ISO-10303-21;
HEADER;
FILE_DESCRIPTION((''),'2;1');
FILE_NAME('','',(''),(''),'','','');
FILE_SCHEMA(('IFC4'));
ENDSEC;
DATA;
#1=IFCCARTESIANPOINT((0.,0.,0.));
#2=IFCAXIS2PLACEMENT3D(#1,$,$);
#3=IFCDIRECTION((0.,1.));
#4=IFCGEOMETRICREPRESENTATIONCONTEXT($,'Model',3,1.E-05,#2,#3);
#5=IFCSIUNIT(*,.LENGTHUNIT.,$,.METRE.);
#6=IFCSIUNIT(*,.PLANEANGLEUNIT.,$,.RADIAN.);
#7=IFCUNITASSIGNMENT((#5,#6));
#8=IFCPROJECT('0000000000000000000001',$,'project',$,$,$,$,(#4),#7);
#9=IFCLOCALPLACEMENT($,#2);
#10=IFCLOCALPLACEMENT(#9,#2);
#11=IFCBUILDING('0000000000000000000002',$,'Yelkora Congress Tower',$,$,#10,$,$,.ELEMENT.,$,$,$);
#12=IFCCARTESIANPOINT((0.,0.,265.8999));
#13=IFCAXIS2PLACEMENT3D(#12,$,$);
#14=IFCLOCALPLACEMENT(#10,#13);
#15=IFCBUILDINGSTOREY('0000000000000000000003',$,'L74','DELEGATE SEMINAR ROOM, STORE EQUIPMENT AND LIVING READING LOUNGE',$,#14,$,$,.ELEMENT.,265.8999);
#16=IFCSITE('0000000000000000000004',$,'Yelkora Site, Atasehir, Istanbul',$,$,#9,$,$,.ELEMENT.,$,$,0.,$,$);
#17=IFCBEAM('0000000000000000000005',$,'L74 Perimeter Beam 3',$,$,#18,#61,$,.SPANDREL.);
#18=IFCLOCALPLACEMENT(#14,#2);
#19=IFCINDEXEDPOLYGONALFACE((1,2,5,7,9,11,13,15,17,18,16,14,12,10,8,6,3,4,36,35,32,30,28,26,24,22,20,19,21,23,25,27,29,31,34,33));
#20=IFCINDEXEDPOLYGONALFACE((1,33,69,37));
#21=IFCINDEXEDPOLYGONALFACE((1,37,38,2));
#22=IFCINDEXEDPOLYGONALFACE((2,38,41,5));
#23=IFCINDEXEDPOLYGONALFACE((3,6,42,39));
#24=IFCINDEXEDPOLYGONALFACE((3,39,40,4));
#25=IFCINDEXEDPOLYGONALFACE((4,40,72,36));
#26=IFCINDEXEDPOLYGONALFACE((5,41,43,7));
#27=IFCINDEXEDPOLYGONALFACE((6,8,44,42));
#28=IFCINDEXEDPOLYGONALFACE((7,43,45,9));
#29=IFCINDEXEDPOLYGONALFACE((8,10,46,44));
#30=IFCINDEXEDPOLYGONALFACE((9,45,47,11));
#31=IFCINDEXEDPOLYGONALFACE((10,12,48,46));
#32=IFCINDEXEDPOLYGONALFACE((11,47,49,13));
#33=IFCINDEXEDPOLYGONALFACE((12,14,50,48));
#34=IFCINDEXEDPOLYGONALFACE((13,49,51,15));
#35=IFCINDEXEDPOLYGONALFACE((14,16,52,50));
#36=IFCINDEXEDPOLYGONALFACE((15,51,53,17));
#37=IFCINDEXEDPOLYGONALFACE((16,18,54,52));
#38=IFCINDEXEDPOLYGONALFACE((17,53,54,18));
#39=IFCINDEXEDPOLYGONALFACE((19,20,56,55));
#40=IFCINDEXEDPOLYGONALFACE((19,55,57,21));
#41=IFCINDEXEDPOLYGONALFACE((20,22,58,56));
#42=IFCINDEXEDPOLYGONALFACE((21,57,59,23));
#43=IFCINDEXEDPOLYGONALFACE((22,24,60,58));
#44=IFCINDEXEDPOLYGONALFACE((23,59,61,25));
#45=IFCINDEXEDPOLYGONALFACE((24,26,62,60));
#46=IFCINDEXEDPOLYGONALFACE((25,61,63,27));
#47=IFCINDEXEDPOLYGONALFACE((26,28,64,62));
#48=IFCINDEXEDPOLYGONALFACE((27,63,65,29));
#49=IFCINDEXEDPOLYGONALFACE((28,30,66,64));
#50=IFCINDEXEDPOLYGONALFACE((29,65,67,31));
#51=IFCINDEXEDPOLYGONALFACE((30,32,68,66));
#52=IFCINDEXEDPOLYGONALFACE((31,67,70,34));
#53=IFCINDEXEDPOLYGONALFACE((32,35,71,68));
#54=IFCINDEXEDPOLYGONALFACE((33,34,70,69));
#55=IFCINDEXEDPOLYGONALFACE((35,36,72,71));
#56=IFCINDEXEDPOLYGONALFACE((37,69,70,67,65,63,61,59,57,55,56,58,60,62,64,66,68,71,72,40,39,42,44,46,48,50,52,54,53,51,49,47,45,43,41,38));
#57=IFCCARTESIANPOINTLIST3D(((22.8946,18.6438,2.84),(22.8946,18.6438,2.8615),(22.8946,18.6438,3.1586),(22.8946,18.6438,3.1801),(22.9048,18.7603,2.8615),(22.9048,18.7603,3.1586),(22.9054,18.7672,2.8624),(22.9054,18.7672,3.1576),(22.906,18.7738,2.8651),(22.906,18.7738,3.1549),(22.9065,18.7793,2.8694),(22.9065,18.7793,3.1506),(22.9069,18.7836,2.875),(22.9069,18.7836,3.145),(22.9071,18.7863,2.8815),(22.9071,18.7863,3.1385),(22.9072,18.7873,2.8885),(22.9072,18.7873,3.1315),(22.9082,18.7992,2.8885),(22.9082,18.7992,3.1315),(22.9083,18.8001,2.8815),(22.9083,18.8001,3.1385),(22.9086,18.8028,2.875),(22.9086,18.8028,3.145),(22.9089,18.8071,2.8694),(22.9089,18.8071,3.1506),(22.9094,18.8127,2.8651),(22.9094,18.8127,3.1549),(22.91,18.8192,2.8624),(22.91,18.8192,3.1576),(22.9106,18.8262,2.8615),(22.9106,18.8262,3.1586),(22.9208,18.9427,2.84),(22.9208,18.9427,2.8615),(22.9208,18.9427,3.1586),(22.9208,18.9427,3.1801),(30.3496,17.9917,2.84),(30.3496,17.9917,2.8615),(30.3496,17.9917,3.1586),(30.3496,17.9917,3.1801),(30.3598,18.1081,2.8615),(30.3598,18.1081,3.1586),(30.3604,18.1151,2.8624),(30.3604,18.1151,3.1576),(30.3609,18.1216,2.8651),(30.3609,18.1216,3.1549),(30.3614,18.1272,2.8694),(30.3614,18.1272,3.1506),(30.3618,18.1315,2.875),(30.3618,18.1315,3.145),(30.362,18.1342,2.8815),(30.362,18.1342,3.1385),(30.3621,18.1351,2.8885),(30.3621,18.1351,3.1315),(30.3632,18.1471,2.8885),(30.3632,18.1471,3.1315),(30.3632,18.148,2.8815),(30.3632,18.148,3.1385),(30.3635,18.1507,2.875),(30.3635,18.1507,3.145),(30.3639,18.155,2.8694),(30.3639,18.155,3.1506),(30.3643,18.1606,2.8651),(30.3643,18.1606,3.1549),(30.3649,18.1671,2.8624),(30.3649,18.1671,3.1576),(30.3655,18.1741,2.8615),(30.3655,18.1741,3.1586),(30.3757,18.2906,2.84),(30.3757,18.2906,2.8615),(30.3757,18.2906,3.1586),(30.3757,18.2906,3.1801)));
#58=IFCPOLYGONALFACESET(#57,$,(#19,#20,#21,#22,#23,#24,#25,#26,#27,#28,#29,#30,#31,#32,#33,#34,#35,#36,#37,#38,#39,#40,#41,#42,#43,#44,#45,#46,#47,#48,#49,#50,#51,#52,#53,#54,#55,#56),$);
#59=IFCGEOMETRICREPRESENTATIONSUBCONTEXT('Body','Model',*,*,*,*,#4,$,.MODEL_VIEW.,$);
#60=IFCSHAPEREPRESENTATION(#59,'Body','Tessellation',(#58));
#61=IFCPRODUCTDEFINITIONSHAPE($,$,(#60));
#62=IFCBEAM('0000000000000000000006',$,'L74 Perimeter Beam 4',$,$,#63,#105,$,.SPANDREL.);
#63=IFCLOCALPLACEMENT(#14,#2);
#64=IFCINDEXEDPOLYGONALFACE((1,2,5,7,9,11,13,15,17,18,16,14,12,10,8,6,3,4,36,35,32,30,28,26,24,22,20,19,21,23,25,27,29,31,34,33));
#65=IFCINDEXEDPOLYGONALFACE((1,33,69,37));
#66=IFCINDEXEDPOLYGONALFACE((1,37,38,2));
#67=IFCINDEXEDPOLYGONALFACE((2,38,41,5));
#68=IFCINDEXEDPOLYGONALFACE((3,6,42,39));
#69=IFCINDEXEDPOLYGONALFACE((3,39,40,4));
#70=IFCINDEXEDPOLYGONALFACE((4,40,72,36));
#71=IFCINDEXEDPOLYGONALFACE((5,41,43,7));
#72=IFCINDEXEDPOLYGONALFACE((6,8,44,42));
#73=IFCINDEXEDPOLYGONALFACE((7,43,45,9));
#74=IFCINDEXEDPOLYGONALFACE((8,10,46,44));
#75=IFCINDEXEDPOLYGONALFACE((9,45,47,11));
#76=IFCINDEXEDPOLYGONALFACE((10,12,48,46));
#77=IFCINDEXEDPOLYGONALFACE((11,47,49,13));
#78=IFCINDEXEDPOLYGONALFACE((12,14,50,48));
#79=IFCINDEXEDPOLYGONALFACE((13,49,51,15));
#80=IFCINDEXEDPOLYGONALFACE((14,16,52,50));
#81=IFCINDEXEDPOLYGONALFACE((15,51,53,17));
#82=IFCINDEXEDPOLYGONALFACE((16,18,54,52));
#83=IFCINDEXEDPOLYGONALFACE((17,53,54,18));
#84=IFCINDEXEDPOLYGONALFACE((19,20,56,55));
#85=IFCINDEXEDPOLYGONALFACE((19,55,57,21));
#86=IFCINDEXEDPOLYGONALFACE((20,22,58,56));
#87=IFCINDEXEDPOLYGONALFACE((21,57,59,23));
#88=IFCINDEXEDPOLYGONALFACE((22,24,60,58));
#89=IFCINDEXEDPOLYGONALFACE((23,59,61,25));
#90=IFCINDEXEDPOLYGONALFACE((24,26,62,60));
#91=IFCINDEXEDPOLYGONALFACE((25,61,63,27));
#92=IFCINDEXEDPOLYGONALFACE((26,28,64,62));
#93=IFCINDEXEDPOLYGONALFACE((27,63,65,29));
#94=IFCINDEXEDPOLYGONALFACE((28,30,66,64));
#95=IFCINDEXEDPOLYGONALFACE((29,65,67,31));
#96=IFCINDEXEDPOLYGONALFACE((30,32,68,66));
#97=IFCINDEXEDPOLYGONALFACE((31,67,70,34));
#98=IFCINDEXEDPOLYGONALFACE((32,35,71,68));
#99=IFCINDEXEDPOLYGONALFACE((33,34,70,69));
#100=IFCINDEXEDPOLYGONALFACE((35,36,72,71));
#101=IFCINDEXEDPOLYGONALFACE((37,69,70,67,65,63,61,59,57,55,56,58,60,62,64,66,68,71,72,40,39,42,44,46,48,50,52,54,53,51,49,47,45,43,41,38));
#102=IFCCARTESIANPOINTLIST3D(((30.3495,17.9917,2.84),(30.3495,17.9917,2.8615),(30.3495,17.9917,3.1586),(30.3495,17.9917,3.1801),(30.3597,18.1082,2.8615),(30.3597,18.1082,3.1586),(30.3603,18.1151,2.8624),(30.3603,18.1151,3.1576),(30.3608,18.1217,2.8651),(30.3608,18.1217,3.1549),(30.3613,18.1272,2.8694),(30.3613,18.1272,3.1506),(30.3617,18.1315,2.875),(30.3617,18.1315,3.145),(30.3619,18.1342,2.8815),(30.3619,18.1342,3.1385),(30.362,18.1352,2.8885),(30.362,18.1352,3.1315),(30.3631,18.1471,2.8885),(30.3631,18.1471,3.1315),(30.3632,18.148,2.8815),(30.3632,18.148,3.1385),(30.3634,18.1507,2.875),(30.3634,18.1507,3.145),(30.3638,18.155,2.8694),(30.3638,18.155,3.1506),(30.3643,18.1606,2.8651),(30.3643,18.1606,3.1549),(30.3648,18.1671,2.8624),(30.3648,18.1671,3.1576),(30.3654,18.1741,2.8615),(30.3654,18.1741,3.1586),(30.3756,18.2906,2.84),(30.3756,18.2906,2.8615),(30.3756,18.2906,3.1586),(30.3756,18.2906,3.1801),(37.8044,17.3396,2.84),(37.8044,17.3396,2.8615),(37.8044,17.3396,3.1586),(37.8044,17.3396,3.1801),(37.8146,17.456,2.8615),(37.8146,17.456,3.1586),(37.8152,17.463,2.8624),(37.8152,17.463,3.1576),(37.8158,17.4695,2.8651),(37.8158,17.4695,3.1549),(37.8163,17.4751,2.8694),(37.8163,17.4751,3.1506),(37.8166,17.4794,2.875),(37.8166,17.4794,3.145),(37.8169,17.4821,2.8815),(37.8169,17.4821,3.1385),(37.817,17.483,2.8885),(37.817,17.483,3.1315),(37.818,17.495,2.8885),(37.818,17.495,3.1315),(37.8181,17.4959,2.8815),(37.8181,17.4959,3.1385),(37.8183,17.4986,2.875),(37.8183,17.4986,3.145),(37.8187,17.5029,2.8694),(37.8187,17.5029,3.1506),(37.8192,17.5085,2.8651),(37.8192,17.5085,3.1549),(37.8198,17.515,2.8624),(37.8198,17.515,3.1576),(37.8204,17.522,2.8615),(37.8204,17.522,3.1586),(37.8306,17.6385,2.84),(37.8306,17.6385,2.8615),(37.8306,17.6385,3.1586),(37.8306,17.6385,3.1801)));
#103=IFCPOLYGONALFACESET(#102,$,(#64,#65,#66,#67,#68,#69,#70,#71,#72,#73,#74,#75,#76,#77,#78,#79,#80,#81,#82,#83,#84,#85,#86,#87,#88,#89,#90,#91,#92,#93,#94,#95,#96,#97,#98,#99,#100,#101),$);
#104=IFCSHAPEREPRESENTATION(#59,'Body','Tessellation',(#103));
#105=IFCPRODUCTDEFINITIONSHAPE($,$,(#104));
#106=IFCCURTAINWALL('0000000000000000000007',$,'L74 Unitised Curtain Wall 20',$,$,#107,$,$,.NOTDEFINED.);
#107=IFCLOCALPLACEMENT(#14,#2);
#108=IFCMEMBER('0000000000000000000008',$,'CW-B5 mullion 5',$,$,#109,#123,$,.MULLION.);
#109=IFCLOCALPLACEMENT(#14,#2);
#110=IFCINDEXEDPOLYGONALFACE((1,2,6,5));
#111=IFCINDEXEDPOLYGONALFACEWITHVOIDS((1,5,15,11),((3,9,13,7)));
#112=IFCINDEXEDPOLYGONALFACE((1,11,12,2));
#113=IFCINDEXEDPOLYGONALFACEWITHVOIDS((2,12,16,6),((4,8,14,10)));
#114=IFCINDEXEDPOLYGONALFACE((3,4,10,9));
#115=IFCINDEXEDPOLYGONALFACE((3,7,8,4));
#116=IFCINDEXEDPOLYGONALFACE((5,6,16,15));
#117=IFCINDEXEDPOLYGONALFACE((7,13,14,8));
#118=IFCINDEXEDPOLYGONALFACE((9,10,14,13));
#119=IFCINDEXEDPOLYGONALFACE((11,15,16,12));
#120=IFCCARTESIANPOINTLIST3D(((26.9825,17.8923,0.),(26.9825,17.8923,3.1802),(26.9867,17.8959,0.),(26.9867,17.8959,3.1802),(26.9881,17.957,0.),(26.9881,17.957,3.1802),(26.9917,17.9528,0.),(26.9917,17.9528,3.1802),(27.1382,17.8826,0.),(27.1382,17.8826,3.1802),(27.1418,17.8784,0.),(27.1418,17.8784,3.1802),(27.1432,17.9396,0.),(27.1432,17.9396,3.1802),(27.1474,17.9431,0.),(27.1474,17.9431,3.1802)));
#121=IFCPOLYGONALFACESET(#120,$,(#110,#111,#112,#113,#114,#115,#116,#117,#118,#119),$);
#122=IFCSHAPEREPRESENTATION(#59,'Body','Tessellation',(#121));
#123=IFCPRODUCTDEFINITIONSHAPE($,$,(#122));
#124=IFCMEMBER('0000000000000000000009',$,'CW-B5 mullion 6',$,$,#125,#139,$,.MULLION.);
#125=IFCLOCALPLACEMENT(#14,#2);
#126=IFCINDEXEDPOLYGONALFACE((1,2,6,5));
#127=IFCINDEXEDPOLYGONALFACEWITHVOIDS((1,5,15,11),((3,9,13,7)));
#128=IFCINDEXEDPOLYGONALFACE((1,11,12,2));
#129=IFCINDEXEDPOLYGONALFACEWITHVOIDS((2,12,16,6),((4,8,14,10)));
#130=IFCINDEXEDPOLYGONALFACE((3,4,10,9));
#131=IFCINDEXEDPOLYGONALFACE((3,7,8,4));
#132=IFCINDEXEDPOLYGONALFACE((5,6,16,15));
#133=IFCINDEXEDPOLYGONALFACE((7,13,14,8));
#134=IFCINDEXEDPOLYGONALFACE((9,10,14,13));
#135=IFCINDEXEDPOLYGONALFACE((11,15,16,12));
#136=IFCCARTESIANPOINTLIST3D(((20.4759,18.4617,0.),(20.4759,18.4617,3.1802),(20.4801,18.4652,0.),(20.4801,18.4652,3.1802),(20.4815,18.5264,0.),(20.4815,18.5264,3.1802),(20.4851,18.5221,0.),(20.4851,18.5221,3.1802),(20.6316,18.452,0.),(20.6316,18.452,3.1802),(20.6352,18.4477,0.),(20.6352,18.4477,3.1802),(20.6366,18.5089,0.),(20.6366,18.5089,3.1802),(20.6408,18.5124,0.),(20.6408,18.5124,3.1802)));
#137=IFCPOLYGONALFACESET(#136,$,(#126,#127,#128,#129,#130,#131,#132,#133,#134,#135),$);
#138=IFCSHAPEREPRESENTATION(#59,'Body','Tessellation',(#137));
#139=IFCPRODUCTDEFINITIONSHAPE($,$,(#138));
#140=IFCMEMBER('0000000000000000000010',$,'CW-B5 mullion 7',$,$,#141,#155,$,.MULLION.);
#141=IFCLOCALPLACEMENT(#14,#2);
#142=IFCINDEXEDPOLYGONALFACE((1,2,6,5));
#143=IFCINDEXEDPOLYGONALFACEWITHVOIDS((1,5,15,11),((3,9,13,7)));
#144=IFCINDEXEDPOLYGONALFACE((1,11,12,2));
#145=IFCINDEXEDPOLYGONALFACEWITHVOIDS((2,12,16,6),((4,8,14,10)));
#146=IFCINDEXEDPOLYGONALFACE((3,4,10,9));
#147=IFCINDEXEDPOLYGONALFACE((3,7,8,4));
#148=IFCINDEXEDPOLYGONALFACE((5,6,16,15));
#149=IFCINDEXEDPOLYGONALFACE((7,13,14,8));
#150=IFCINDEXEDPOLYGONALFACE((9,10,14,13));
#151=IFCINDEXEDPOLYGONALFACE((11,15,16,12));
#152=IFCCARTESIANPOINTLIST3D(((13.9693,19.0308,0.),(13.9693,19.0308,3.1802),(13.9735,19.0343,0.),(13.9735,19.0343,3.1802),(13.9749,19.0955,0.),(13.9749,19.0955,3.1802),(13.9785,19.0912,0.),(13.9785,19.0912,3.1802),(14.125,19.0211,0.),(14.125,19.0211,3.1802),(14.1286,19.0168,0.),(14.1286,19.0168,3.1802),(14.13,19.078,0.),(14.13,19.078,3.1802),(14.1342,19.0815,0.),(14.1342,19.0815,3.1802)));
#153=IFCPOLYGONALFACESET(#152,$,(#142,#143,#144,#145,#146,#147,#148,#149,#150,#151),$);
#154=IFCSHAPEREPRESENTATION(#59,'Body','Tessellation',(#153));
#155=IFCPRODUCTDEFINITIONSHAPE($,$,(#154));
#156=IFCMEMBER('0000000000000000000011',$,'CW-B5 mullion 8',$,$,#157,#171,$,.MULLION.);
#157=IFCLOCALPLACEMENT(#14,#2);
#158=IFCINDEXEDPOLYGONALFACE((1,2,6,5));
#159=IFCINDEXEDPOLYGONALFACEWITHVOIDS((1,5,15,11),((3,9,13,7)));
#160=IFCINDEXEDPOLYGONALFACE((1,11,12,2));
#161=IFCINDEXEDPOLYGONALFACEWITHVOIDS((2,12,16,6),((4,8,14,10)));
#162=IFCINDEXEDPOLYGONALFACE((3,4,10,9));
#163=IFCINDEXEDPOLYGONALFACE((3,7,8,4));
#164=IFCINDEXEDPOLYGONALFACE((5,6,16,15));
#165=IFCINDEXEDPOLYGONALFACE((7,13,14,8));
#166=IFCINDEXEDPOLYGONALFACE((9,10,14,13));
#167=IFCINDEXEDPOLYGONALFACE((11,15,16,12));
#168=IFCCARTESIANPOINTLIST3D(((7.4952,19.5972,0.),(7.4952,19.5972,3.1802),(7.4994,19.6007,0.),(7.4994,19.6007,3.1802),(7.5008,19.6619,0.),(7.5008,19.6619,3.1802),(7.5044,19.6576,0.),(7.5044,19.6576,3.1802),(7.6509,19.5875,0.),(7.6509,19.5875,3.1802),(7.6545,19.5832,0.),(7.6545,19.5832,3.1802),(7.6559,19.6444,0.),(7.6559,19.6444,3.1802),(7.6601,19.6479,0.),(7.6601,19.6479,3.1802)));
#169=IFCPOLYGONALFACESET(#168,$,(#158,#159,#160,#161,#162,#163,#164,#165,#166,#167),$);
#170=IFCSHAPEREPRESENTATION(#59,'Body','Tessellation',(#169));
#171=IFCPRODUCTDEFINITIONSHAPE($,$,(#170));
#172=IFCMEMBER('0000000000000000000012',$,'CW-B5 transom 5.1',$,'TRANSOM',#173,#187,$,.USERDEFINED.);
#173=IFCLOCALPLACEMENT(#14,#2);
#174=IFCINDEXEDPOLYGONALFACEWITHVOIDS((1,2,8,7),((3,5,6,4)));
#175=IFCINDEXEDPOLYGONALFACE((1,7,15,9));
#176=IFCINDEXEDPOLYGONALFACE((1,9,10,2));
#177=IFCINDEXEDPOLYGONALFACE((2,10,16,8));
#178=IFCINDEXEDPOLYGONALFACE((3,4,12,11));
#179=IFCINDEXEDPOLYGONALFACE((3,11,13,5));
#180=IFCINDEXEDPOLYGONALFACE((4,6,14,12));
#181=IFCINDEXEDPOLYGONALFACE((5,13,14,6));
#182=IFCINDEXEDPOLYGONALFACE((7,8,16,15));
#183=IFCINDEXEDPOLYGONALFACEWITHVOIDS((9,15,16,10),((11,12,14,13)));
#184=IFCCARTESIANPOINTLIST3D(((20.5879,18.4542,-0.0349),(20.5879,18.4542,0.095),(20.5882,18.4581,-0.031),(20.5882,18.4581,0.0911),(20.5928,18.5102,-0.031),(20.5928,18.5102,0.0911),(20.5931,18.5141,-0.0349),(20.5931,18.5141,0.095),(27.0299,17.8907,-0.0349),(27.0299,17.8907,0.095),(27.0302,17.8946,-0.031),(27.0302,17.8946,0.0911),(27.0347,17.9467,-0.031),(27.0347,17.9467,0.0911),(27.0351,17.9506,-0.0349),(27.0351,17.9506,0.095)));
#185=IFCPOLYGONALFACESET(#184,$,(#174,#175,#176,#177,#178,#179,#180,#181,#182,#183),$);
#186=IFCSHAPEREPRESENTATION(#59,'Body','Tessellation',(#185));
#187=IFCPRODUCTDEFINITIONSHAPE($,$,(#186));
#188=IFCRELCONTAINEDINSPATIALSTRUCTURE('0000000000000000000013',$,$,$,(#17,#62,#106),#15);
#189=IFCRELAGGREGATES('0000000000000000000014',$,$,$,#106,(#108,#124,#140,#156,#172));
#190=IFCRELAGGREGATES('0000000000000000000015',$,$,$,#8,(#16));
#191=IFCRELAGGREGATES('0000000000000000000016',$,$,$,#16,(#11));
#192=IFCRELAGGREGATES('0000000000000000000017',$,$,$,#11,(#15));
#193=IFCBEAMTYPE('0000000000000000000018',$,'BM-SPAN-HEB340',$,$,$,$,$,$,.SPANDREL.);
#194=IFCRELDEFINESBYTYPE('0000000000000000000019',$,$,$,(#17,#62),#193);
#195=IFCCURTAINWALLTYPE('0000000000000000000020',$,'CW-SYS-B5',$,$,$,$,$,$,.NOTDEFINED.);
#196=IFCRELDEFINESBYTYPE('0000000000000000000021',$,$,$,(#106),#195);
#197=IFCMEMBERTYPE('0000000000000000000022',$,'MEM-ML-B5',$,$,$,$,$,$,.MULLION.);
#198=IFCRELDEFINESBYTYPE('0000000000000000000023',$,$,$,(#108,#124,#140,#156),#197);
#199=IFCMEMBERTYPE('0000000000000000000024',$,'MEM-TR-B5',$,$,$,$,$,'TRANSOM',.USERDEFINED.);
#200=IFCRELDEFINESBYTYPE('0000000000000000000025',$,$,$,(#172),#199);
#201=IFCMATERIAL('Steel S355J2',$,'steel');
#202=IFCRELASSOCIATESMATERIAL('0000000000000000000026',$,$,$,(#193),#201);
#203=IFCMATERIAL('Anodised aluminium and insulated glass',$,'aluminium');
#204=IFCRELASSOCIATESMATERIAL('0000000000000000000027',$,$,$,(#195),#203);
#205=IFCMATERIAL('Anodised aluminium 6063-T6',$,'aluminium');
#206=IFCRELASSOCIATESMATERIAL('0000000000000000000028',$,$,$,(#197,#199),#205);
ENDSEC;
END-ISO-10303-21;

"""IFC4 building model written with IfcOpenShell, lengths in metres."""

from ifc_helpers import new_model, si_unit, direction, frame, origin, origin_2d, place, context, subcontext, project, spatial, hollow_rectangle, i_section, extrude, material, material_profile, profile_set, type_object, element, aggregate, save


model = new_model("IFC4")

# Units and contexts
model_context = context("Model", 3, precision=1e-05, world=origin(), true_north=direction((0.0, 1.0)))
body_context = subcontext(model_context, "Body", "Model", "MODEL_VIEW")
ifc_project = project(units=[si_unit("LENGTHUNIT", "METRE"), si_unit("PLANEANGLEUNIT", "RADIAN")], contexts=[model_context])

# Site, building, storey
site_placement = place(None, origin())
site = spatial("IfcSite", under=ifc_project, at=site_placement, Name="Yelkora Site, Atasehir, Istanbul", CompositionType="ELEMENT", RefElevation=0.0)
building_placement = place(site_placement, origin())
building = spatial("IfcBuilding", under=site, at=building_placement, Name="Yelkora Congress Tower", CompositionType="ELEMENT")
storey_placement = place(building_placement, frame((0.0, 0.0, 265.8999)))
storey = spatial("IfcBuildingStorey", under=building, at=storey_placement, Name="L74", Description="DELEGATE SEMINAR ROOM, STORE EQUIPMENT AND LIVING READING LOUNGE", CompositionType="ELEMENT", Elevation=265.8999)

# Shared definitions
ifc_material_1 = material(Name="Steel S355J2", Category="steel")

# Beams
ifc_material_profile_1 = material_profile(ifc_material_1, i_section(OverallWidth=0.3, OverallDepth=0.3401, WebThickness=0.012, FlangeThickness=0.0215, FilletRadius=0.0271, at=origin_2d()), Name="HEB 340")
ifc_profile_set_1 = profile_set([ifc_material_profile_1], Name="Steel S355J2")
beam_type_1 = type_object("IfcBeamType", Name="BM-SPAN-HEB340", PredefinedType="SPANDREL", material=ifc_profile_set_1)
for number, where, z_axis, x_axis, name in (
    (1, (22.9077, 18.7932, 3.01), (0.996196, -0.087141, 0.0), (0.087141, 0.996196, 0.0), "L74 Perimeter Beam 3"),
    (2, (30.3625, 18.1411, 3.01), (0.996196, -0.087141, 0.0), (0.087141, 0.996196, 0.0), "L74 Perimeter Beam 4"),
):
    element("IfcBeam", number, at=place(storey_placement, frame(where, z_axis=z_axis, x_axis=x_axis)), inside=storey, type_object=beam_type_1, Name=name, PredefinedType="SPANDREL", context=body_context, shape_type="SweptSolid", body=[
        extrude(i_section(OverallWidth=0.3, OverallDepth=0.3401, WebThickness=0.012, FlangeThickness=0.0215, FilletRadius=0.0271, at=origin_2d()), origin(), (0.0, 0.0, 1.0), 7.4834),
    ])

# Curtain wall, members
ifc_material_2 = material(Name="Anodised aluminium and insulated glass", Category="aluminium")
curtain_wall_type = type_object("IfcCurtainWallType", Name="CW-SYS-B5", PredefinedType="NOTDEFINED", material=ifc_material_2)
curtain_wall_placement = place(storey_placement, origin())
curtain_wall = element("IfcCurtainWall", 3, at=curtain_wall_placement, inside=storey, type_object=curtain_wall_type, Name="L74 Unitised Curtain Wall 20", PredefinedType="NOTDEFINED")
ifc_material_3 = material(Name="Anodised aluminium 6063-T6", Category="aluminium")
ifc_material_profile_2 = material_profile(ifc_material_3, hollow_rectangle(XDim=0.0649, YDim=0.1599, WallThickness=0.0039, at=origin_2d()), Name="ALU 65x160x4")
ifc_profile_set_2 = profile_set([ifc_material_profile_2], Name="Anodised aluminium 6063-T6")
member_type_1 = type_object("IfcMemberType", Name="MEM-ML-B5", PredefinedType="MULLION", material=ifc_profile_set_2)
member_1_placement = place(storey_placement, frame((27.0649, 17.9177, 0.0), z_axis=(0.0, 0.0, 1.0), x_axis=(-0.087157, -0.996195, 0.0)))
member_1 = element("IfcMember", 4, at=member_1_placement, type_object=member_type_1, Name="CW-B5 mullion 5", PredefinedType="MULLION", context=body_context, shape_type="SweptSolid", body=[
    extrude(hollow_rectangle(XDim=0.0649, YDim=0.1599, WallThickness=0.0039, at=origin_2d()), origin(), (0.0, 0.0, 1.0), 3.1802),
])
member_2_placement = place(storey_placement, frame((20.5583, 18.4871, 0.0), z_axis=(0.0, 0.0, 1.0), x_axis=(-0.087157, -0.996195, 0.0)))
member_2 = element("IfcMember", 5, at=member_2_placement, type_object=member_type_1, Name="CW-B5 mullion 6", PredefinedType="MULLION", context=body_context, shape_type="SweptSolid", body=[
    extrude(hollow_rectangle(XDim=0.0649, YDim=0.1599, WallThickness=0.0039, at=origin_2d()), origin(), (0.0, 0.0, 1.0), 3.1802),
])
member_3_placement = place(storey_placement, frame((14.0518, 19.0562, 0.0), z_axis=(0.0, 0.0, 1.0), x_axis=(-0.087157, -0.996195, 0.0)))
member_3 = element("IfcMember", 6, at=member_3_placement, type_object=member_type_1, Name="CW-B5 mullion 7", PredefinedType="MULLION", context=body_context, shape_type="SweptSolid", body=[
    extrude(hollow_rectangle(XDim=0.0649, YDim=0.1599, WallThickness=0.0039, at=origin_2d()), origin(), (0.0, 0.0, 1.0), 3.1802),
])
member_4_placement = place(storey_placement, frame((7.5776, 19.6226, 0.0), z_axis=(0.0, 0.0, 1.0), x_axis=(-0.087157, -0.996195, 0.0)))
member_4 = element("IfcMember", 7, at=member_4_placement, type_object=member_type_1, Name="CW-B5 mullion 8", PredefinedType="MULLION", context=body_context, shape_type="SweptSolid", body=[
    extrude(hollow_rectangle(XDim=0.0649, YDim=0.1599, WallThickness=0.0039, at=origin_2d()), origin(), (0.0, 0.0, 1.0), 3.1802),
])
ifc_material_profile_3 = material_profile(ifc_material_3, hollow_rectangle(XDim=0.0601, YDim=0.1299, WallThickness=0.0039, at=origin_2d()), Name="ALU 60x130x4")
ifc_profile_set_3 = profile_set([ifc_material_profile_3], Name="Anodised aluminium 6063-T6")
member_type_2 = type_object("IfcMemberType", Name="MEM-TR-B5", ElementType="TRANSOM", PredefinedType="USERDEFINED", material=ifc_profile_set_3)
member_5_placement = place(storey_placement, frame((27.0325, 17.9207, 0.03), z_axis=(-0.996196, 0.087138, 0.0), x_axis=(-0.087138, -0.996196, 0.0)))
member_5 = element("IfcMember", 8, at=member_5_placement, type_object=member_type_2, Name="CW-B5 transom 5.1", ObjectType="TRANSOM", PredefinedType="USERDEFINED", context=body_context, shape_type="SweptSolid", body=[
    extrude(hollow_rectangle(XDim=0.0601, YDim=0.1299, WallThickness=0.0039, at=origin_2d()), origin(), (0.0, 0.0, 1.0), 6.4666),
])
aggregate(curtain_wall, [member_1, member_2, member_3, member_4, member_5])

save(model, "model.ifc")
